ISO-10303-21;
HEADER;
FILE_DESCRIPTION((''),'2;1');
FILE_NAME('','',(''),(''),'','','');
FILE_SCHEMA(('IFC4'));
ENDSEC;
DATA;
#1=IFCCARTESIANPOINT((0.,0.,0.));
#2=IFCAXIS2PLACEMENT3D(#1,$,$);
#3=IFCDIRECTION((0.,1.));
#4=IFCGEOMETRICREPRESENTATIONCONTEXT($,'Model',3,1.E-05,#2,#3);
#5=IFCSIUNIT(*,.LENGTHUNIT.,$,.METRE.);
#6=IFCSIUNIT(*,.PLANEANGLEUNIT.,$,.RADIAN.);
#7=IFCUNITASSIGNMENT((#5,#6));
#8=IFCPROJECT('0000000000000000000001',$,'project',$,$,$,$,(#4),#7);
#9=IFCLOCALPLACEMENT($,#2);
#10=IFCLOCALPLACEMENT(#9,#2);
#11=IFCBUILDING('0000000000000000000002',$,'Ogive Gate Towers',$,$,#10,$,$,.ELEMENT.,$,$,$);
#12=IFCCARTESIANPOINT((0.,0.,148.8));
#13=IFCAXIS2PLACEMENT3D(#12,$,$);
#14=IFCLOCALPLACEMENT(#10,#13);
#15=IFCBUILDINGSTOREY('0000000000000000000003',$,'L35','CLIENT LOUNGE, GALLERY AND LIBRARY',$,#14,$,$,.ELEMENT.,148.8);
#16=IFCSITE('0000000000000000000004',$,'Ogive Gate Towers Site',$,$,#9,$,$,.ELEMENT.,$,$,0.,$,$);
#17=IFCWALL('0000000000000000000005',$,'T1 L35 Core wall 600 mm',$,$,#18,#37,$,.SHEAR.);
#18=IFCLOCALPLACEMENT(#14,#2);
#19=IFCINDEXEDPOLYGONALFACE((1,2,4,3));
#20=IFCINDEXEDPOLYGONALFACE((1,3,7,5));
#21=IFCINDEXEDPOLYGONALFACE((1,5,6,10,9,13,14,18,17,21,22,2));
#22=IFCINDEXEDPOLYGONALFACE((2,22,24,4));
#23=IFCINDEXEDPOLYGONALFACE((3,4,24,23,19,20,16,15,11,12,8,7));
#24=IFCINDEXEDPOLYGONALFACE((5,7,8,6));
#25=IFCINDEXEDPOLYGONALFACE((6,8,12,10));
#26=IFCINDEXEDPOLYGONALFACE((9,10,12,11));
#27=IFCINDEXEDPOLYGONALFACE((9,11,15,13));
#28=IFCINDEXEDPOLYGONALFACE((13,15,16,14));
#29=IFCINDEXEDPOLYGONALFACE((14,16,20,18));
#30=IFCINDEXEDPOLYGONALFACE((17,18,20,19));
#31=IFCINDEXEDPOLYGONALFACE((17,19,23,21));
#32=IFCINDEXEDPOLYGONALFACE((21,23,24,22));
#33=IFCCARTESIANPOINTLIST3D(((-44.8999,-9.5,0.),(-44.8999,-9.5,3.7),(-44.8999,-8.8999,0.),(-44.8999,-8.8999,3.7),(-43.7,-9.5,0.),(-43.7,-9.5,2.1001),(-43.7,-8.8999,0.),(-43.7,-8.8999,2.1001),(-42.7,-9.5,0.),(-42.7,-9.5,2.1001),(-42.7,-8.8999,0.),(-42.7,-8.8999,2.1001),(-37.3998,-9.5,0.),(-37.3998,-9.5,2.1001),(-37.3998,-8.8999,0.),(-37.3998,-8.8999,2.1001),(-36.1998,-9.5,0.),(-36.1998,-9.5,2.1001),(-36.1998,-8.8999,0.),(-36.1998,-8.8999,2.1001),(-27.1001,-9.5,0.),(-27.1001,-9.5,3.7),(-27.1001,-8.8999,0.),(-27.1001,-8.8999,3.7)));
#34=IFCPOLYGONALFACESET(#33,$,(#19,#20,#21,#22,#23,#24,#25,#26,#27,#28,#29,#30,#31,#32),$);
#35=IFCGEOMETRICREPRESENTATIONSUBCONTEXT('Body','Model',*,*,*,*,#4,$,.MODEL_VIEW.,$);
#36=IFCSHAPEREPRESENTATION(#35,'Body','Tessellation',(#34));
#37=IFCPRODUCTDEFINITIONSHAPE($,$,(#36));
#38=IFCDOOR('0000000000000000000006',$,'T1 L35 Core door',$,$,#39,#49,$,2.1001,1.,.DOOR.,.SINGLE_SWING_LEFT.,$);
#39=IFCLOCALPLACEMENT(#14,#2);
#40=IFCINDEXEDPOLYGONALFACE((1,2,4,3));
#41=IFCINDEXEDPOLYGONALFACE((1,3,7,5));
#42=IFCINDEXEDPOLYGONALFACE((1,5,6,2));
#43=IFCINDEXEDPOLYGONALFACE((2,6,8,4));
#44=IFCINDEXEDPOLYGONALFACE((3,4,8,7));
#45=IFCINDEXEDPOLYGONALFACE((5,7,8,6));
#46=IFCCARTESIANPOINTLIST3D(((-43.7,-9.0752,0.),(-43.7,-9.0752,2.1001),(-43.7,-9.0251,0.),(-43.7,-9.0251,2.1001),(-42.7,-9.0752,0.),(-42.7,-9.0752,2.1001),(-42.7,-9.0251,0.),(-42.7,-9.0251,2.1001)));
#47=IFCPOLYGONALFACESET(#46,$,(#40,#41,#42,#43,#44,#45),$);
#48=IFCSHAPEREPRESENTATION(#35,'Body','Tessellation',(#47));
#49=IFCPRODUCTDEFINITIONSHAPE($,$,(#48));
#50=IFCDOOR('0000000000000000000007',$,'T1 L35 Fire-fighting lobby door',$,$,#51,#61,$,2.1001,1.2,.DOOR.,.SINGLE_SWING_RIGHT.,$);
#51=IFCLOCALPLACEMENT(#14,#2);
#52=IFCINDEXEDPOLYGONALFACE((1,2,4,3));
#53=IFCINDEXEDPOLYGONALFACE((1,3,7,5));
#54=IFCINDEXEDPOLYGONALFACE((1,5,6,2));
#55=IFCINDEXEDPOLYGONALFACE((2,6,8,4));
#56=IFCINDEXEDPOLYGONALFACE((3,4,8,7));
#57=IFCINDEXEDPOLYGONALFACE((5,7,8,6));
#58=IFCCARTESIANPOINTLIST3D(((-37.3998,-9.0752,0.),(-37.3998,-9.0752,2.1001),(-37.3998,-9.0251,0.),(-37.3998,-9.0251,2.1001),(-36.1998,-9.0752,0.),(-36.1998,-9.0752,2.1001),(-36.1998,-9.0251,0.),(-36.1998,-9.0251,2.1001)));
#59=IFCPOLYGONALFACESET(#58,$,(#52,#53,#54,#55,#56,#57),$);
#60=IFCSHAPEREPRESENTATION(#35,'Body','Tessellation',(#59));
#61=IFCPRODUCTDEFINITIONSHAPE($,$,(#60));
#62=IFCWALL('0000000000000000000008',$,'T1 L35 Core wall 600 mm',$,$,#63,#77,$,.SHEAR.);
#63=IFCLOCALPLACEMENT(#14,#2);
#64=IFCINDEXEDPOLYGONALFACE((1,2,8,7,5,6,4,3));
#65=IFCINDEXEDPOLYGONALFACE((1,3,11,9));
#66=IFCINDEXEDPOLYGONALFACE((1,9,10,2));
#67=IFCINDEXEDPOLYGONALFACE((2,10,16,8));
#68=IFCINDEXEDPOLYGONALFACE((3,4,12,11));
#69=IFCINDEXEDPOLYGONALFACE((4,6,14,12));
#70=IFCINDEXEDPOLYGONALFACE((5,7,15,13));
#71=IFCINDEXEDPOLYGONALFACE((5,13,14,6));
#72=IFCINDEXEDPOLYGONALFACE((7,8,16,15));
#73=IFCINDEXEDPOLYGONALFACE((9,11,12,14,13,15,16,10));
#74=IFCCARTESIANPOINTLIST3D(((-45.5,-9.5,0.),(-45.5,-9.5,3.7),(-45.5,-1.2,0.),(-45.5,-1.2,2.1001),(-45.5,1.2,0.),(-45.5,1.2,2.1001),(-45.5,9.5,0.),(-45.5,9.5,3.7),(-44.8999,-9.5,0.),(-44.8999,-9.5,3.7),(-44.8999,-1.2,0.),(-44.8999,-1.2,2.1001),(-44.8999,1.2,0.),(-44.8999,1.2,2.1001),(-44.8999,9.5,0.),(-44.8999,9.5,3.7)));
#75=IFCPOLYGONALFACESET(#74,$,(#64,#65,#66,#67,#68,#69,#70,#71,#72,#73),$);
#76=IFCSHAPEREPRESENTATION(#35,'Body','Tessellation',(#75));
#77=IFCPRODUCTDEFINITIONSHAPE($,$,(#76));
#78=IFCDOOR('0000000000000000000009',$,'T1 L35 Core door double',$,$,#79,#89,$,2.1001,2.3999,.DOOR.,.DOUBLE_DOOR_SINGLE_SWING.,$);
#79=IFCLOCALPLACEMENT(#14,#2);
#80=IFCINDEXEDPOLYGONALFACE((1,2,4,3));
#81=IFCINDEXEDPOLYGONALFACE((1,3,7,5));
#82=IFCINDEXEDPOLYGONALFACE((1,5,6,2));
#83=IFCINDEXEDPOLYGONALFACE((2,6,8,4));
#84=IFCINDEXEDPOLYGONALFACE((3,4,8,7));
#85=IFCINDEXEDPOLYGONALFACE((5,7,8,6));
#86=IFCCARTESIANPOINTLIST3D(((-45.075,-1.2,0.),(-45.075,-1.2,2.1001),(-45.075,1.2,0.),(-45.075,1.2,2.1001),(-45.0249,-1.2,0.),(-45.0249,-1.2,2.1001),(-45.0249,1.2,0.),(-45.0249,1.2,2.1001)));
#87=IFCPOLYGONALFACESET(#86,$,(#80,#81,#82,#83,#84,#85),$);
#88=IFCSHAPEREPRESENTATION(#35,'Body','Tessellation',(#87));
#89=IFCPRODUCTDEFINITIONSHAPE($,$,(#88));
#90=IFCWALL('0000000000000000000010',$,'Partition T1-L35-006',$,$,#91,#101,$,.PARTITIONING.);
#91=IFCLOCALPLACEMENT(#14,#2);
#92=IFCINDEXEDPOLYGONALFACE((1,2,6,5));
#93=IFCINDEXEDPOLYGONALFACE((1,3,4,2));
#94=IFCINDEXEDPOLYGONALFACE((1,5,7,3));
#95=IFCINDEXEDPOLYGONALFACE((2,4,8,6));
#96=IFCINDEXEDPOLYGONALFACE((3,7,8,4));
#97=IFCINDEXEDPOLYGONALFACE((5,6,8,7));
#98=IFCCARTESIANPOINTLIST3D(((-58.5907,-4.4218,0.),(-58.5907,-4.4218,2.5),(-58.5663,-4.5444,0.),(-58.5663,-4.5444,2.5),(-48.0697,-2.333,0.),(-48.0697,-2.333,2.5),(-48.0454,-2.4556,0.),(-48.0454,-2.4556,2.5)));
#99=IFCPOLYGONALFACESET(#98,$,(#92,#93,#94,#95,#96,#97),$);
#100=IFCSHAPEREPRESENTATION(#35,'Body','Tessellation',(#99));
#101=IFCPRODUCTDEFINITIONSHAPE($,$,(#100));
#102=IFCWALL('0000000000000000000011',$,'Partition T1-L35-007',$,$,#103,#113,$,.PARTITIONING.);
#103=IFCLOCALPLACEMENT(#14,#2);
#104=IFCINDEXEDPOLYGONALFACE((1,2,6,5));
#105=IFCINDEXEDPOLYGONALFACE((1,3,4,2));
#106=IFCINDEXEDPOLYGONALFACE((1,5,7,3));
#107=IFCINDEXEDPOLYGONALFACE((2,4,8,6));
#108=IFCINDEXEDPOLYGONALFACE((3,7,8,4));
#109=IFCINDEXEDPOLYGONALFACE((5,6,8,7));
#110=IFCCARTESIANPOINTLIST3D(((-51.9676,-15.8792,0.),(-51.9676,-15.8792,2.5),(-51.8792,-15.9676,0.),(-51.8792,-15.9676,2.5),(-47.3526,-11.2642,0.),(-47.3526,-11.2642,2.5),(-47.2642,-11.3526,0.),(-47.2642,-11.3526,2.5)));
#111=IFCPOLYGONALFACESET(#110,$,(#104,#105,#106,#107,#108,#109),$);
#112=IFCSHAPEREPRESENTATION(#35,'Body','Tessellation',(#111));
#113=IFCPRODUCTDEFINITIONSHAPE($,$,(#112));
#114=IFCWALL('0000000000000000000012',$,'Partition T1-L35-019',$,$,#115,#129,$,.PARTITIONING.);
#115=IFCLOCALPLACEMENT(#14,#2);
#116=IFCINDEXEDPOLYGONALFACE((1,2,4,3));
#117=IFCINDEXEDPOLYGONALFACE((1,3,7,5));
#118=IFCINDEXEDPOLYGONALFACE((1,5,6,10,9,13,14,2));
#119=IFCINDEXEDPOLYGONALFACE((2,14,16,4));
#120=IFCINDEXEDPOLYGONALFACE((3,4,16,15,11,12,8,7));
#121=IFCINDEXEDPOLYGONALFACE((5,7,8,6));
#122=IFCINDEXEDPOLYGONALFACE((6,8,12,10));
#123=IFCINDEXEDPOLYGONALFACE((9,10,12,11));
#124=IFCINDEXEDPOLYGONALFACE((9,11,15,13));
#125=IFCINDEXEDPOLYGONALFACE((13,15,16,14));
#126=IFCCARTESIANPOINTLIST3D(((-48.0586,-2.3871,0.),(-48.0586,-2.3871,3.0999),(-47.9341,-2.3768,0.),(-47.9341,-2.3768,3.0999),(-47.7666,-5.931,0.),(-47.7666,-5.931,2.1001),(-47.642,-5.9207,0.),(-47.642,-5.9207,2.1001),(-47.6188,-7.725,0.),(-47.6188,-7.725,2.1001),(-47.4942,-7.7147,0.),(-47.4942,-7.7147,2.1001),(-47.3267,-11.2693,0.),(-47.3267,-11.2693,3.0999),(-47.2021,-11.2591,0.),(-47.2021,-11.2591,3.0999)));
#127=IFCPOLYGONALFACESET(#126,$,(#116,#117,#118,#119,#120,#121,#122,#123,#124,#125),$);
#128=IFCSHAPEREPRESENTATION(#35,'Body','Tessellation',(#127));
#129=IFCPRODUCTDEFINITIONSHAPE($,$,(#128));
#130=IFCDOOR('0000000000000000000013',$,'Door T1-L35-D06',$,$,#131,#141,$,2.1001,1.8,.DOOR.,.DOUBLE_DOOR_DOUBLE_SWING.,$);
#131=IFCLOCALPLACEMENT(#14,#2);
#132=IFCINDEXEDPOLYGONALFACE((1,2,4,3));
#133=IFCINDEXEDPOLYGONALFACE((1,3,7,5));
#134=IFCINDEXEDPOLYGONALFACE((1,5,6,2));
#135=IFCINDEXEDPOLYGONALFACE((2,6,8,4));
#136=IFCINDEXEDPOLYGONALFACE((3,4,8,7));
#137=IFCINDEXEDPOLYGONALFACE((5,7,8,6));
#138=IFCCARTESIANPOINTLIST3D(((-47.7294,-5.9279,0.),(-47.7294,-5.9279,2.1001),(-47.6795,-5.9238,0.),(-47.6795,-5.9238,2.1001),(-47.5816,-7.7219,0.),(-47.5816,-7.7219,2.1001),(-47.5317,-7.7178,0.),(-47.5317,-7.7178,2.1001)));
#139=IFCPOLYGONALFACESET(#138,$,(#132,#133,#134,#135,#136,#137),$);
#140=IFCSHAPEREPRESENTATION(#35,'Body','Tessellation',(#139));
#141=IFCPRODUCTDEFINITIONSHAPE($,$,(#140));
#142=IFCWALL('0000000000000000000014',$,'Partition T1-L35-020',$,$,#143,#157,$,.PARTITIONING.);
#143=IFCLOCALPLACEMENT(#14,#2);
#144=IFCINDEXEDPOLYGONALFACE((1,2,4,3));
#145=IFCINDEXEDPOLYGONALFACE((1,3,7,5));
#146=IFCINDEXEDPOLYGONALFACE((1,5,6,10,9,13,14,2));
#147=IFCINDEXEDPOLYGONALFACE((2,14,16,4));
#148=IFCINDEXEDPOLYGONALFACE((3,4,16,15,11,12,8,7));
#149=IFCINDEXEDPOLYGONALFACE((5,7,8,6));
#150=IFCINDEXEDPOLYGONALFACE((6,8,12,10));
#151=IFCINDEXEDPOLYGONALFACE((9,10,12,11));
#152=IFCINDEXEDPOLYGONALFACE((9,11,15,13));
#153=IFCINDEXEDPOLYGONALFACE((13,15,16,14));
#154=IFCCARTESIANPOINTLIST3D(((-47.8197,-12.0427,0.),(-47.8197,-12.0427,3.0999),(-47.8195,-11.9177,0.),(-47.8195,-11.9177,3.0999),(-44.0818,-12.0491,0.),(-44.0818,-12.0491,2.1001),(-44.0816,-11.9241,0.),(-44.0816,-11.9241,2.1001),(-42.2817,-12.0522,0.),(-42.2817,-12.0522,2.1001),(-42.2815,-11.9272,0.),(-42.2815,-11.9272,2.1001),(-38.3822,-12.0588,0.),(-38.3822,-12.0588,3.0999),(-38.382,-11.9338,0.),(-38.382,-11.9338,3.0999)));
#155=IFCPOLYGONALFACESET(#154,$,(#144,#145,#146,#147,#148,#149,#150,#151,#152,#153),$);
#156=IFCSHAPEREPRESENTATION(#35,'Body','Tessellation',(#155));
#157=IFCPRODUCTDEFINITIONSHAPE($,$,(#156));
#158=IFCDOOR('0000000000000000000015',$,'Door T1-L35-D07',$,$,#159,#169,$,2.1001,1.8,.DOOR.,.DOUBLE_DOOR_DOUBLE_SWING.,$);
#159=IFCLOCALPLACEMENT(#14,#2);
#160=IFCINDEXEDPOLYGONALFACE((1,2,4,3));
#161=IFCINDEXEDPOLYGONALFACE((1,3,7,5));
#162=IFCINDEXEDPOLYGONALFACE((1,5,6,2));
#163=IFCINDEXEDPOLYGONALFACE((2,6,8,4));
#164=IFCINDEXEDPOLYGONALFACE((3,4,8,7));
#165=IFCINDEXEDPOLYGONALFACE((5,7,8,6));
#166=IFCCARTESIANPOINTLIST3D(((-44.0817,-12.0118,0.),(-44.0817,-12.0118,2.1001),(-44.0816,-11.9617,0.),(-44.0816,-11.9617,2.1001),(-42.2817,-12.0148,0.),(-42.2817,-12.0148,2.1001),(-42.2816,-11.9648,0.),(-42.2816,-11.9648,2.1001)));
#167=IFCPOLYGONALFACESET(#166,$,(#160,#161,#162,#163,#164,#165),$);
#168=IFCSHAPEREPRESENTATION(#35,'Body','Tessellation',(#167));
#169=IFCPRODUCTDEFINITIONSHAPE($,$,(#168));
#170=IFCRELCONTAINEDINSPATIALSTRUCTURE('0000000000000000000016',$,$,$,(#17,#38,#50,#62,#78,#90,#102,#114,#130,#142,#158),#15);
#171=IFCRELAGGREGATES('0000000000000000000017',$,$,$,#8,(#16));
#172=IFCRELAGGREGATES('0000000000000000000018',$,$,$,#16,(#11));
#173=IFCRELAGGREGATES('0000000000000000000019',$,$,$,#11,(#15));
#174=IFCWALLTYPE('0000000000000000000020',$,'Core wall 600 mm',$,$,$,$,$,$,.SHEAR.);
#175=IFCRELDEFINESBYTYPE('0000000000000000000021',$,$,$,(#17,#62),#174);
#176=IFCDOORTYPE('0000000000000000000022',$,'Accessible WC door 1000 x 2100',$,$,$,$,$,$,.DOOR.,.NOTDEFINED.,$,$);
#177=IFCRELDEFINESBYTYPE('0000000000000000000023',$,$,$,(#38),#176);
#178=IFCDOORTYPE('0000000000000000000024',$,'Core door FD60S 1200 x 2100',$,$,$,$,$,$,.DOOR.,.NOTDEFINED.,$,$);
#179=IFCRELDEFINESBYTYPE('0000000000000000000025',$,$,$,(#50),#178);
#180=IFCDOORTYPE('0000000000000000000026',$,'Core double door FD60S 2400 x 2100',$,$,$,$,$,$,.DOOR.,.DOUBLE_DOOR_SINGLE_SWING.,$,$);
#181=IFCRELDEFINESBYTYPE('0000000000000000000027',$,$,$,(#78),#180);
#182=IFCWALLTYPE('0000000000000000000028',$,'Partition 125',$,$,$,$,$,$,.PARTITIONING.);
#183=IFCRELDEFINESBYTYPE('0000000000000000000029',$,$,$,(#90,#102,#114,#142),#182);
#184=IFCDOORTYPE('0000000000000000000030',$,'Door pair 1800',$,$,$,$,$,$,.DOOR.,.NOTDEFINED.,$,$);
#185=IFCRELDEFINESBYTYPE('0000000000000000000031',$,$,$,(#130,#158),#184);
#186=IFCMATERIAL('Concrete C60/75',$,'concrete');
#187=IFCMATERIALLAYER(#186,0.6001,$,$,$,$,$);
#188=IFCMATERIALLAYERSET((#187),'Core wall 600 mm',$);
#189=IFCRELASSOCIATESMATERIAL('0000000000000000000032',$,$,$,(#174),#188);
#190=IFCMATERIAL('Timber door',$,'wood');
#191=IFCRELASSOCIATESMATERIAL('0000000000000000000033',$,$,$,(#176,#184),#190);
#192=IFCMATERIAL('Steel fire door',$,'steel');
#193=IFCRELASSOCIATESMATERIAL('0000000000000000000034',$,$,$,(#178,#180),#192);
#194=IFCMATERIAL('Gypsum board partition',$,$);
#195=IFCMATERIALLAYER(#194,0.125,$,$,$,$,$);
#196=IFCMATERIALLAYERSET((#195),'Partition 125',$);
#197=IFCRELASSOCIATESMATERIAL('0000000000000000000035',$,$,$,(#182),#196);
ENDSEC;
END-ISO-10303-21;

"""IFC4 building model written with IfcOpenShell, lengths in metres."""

from ifc_helpers import new_model, si_unit, direction, frame, frame_2d, origin, place, context, subcontext, project, spatial, rectangle, extrude, material, layer, layer_set, type_object, element, fill, save


model = new_model("IFC4")

# Units and contexts
model_context = context("Model", 3, precision=1e-05, world=origin(), true_north=direction((0.0, 1.0)))
body_context = subcontext(model_context, "Body", "Model", "MODEL_VIEW")
ifc_project = project(units=[si_unit("LENGTHUNIT", "METRE"), si_unit("PLANEANGLEUNIT", "RADIAN")], contexts=[model_context])

# Site, building, storey
site_placement = place(None, origin())
site = spatial("IfcSite", under=ifc_project, at=site_placement, Name="Ogive Gate Towers Site", CompositionType="ELEMENT", RefElevation=0.0)
building_placement = place(site_placement, origin())
building = spatial("IfcBuilding", under=site, at=building_placement, Name="Ogive Gate Towers", CompositionType="ELEMENT")
storey_placement = place(building_placement, frame((0.0, 0.0, 148.8)))
storey = spatial("IfcBuildingStorey", under=building, at=storey_placement, Name="L35", Description="CLIENT LOUNGE, GALLERY AND LIBRARY", CompositionType="ELEMENT", Elevation=148.8)

# Wall, openings, doors
ifc_material_1 = material(Name="Concrete C60/75", Category="concrete")
ifc_layer_1 = layer(ifc_material_1, 0.6001)
ifc_layer_set_1 = layer_set([ifc_layer_1], Name="Core wall 600 mm")
wall_type_1 = type_object("IfcWallType", Name="Core wall 600 mm", PredefinedType="SHEAR", material=ifc_layer_set_1)
wall_1_placement = place(storey_placement, frame((-44.8999, -9.2, 0.0), z_axis=(0.0, 0.0, 1.0), x_axis=(1.0, 0.0, 0.0)))
wall_1 = element("IfcWall", 1, at=wall_1_placement, inside=storey, type_object=wall_type_1, Name="T1 L35 Core wall 600 mm", PredefinedType="SHEAR", context=body_context, shape_type="SweptSolid", body=[
    extrude(rectangle(XDim=17.7998, YDim=0.6001, at=frame_2d((8.8999, 0.0))), origin(), (0.0, 0.0, 1.0), 3.7),
])
opening_1_placement = place(wall_1_placement, frame((7.5, 0.0, 0.0)))
opening_1 = element("IfcOpeningElement", 2, at=opening_1_placement, cuts=wall_1, PredefinedType="OPENING", context=body_context, shape_type="SweptSolid", body=[
    extrude(rectangle(XDim=1.2, YDim=2.1001, at=frame_2d((0.6001, 1.05))), frame((0.0, 0.3101, 0.0), z_axis=(0.0, -1.0, 0.0), x_axis=(1.0, 0.0, 0.0)), (0.0, 0.0, 1.0), 0.6201),
])
opening_2_placement = place(wall_1_placement, frame((1.2, 0.0, 0.0)))
opening_2 = element("IfcOpeningElement", 3, at=opening_2_placement, cuts=wall_1, PredefinedType="OPENING", context=body_context, shape_type="SweptSolid", body=[
    extrude(rectangle(XDim=1.0, YDim=2.1001, at=frame_2d((0.5, 1.05))), frame((0.0, 0.3101, 0.0), z_axis=(0.0, -1.0, 0.0), x_axis=(1.0, 0.0, 0.0)), (0.0, 0.0, 1.0), 0.6201),
])
ifc_material_2 = material(Name="Timber door", Category="wood")
door_type_1 = type_object("IfcDoorType", Name="Accessible WC door 1000 x 2100", OperationType="NOTDEFINED", PredefinedType="DOOR", material=ifc_material_2)
door_1_placement = place(opening_2_placement, origin())
door_1 = element("IfcDoor", 4, at=door_1_placement, inside=storey, type_object=door_type_1, Name="T1 L35 Core door", OperationType="SINGLE_SWING_LEFT", OverallHeight=2.1001, OverallWidth=1.0, PredefinedType="DOOR", context=body_context, shape_type="SweptSolid", body=[
    extrude(rectangle(XDim=1.0, YDim=2.1001, at=frame_2d((0.5, 1.05))), frame((0.0, 0.1748, 0.0), z_axis=(0.0, -1.0, 0.0), x_axis=(1.0, 0.0, 0.0)), (0.0, 0.0, 1.0), 0.05),
])
fill(opening_2, door_1)
ifc_material_3 = material(Name="Steel fire door", Category="steel")
door_type_2 = type_object("IfcDoorType", Name="Core door FD60S 1200 x 2100", OperationType="NOTDEFINED", PredefinedType="DOOR", material=ifc_material_3)
door_2_placement = place(opening_1_placement, origin())
door_2 = element("IfcDoor", 5, at=door_2_placement, inside=storey, type_object=door_type_2, Name="T1 L35 Fire-fighting lobby door", OperationType="SINGLE_SWING_RIGHT", OverallHeight=2.1001, OverallWidth=1.2, PredefinedType="DOOR", context=body_context, shape_type="SweptSolid", body=[
    extrude(rectangle(XDim=1.2, YDim=2.1001, at=frame_2d((0.6001, 1.05))), frame((0.0, 0.1748, 0.0), z_axis=(0.0, -1.0, 0.0), x_axis=(1.0, 0.0, 0.0)), (0.0, 0.0, 1.0), 0.05),
])
fill(opening_1, door_2)

# Wall, opening, door
wall_2_placement = place(storey_placement, frame((-45.2, -9.5, 0.0), z_axis=(0.0, 0.0, 1.0), x_axis=(0.0, 1.0, 0.0)))
wall_2 = element("IfcWall", 6, at=wall_2_placement, inside=storey, type_object=wall_type_1, Name="T1 L35 Core wall 600 mm", PredefinedType="SHEAR", context=body_context, shape_type="SweptSolid", body=[
    extrude(rectangle(XDim=19.0, YDim=0.6001, at=frame_2d((9.5, 0.0))), origin(), (0.0, 0.0, 1.0), 3.7),
])
opening_3_placement = place(wall_2_placement, frame((8.3, 0.0, 0.0)))
opening_3 = element("IfcOpeningElement", 7, at=opening_3_placement, cuts=wall_2, PredefinedType="OPENING", context=body_context, shape_type="SweptSolid", body=[
    extrude(rectangle(XDim=2.3999, YDim=2.1001, at=frame_2d((1.2, 1.05))), frame((0.0, 0.3101, 0.0), z_axis=(0.0, -1.0, 0.0), x_axis=(1.0, 0.0, 0.0)), (0.0, 0.0, 1.0), 0.6201),
])
door_type_3 = type_object("IfcDoorType", Name="Core double door FD60S 2400 x 2100", OperationType="DOUBLE_DOOR_SINGLE_SWING", PredefinedType="DOOR", material=ifc_material_3)
door_3_placement = place(opening_3_placement, origin())
door_3 = element("IfcDoor", 8, at=door_3_placement, inside=storey, type_object=door_type_3, Name="T1 L35 Core door double", OperationType="DOUBLE_DOOR_SINGLE_SWING", OverallHeight=2.1001, OverallWidth=2.3999, PredefinedType="DOOR", context=body_context, shape_type="SweptSolid", body=[
    extrude(rectangle(XDim=2.3999, YDim=2.1001, at=frame_2d((1.2, 1.05))), frame((0.0, -0.125, 0.0), z_axis=(0.0, -1.0, 0.0), x_axis=(1.0, 0.0, 0.0)), (0.0, 0.0, 1.0), 0.05),
])
fill(opening_3, door_3)

# Walls
ifc_material_4 = material(Name="Gypsum board partition")
ifc_layer_2 = layer(ifc_material_4, 0.125)
ifc_layer_set_2 = layer_set([ifc_layer_2], Name="Partition 125")
wall_type_2 = type_object("IfcWallType", Name="Partition 125", PredefinedType="PARTITIONING", material=ifc_layer_set_2)
wall_3_placement = place(storey_placement, frame((-58.5786, -4.4832, 0.0), z_axis=(0.0, 0.0, 1.0), x_axis=(0.980855, 0.194742, 0.0)))
element("IfcWall", 9, at=wall_3_placement, inside=storey, type_object=wall_type_2, Name="Partition T1-L35-006", PredefinedType="PARTITIONING", context=body_context, shape_type="SweptSolid", body=[
    extrude(rectangle(XDim=10.7263, YDim=0.125, at=frame_2d((5.3633, 0.0))), origin(), (0.0, 0.0, 1.0), 2.5),
])
wall_4_placement = place(storey_placement, frame((-51.9233, -15.9233, 0.0), z_axis=(0.0, 0.0, 1.0), x_axis=(0.707107, 0.707107, 0.0)))
element("IfcWall", 10, at=wall_4_placement, inside=storey, type_object=wall_type_2, Name="Partition T1-L35-007", PredefinedType="PARTITIONING", context=body_context, shape_type="SweptSolid", body=[
    extrude(rectangle(XDim=6.5266, YDim=0.125, at=frame_2d((3.2632, 0.0))), origin(), (0.0, 0.0, 1.0), 2.5),
])

# Walls, openings, doors
wall_5_placement = place(storey_placement, frame((-47.9963, -2.3821, 0.0), z_axis=(0.0, 0.0, 1.0), x_axis=(0.082125, -0.996622, 0.0)))
wall_5 = element("IfcWall", 11, at=wall_5_placement, inside=storey, type_object=wall_type_2, Name="Partition T1-L35-019", PredefinedType="PARTITIONING", context=body_context, shape_type="SweptSolid", body=[
    extrude(rectangle(XDim=8.9124, YDim=0.125, at=frame_2d((4.4561, 0.0))), origin(), (0.0, 0.0, 1.0), 3.0999),
])
opening_4_placement = place(wall_5_placement, frame((3.5559, 0.0, 0.0)))
opening_4 = element("IfcOpeningElement", 12, at=opening_4_placement, cuts=wall_5, PredefinedType="OPENING", context=body_context, shape_type="SweptSolid", body=[
    extrude(rectangle(XDim=1.8, YDim=2.1001, at=frame_2d((0.8999, 1.05))), frame((0.0, 0.0725, 0.0), z_axis=(0.0, -1.0, 0.0), x_axis=(1.0, 0.0, 0.0)), (0.0, 0.0, 1.0), 0.145),
])
door_type_4 = type_object("IfcDoorType", Name="Door pair 1800", OperationType="NOTDEFINED", PredefinedType="DOOR", material=ifc_material_2)
door_4_placement = place(opening_4_placement, origin())
door_4 = element("IfcDoor", 13, at=door_4_placement, inside=storey, type_object=door_type_4, Name="Door T1-L35-D06", OperationType="DOUBLE_DOOR_DOUBLE_SWING", OverallHeight=2.1001, OverallWidth=1.8, PredefinedType="DOOR", context=body_context, shape_type="SweptSolid", body=[
    extrude(rectangle(XDim=1.8, YDim=2.1001, at=frame_2d((0.8999, 1.05))), frame((0.0, 0.0249, 0.0), z_axis=(0.0, -1.0, 0.0), x_axis=(1.0, 0.0, 0.0)), (0.0, 0.0, 1.0), 0.05),
])
fill(opening_4, door_4)
wall_6_placement = place(storey_placement, frame((-47.8196, -11.9802, 0.0), z_axis=(0.0, 0.0, 1.0), x_axis=(0.999999, -0.001707, 0.0)))
wall_6 = element("IfcWall", 14, at=wall_6_placement, inside=storey, type_object=wall_type_2, Name="Partition T1-L35-020", PredefinedType="PARTITIONING", context=body_context, shape_type="SweptSolid", body=[
    extrude(rectangle(XDim=9.4375, YDim=0.125, at=frame_2d((4.7188, 0.0))), origin(), (0.0, 0.0, 1.0), 3.0999),
])
opening_5_placement = place(wall_6_placement, frame((3.738, 0.0, 0.0)))
opening_5 = element("IfcOpeningElement", 15, at=opening_5_placement, cuts=wall_6, PredefinedType="OPENING", context=body_context, shape_type="SweptSolid", body=[
    extrude(rectangle(XDim=1.8, YDim=2.1001, at=frame_2d((0.8999, 1.05))), frame((0.0, 0.0725, 0.0), z_axis=(0.0, -1.0, 0.0), x_axis=(1.0, 0.0, 0.0)), (0.0, 0.0, 1.0), 0.145),
])
door_5_placement = place(opening_5_placement, origin())
door_5 = element("IfcDoor", 16, at=door_5_placement, inside=storey, type_object=door_type_4, Name="Door T1-L35-D07", OperationType="DOUBLE_DOOR_DOUBLE_SWING", OverallHeight=2.1001, OverallWidth=1.8, PredefinedType="DOOR", context=body_context, shape_type="SweptSolid", body=[
    extrude(rectangle(XDim=1.8, YDim=2.1001, at=frame_2d((0.8999, 1.05))), frame((0.0, 0.0249, 0.0), z_axis=(0.0, -1.0, 0.0), x_axis=(1.0, 0.0, 0.0)), (0.0, 0.0, 1.0), 0.05),
])
fill(opening_5, door_5)

save(model, "model.ifc")
